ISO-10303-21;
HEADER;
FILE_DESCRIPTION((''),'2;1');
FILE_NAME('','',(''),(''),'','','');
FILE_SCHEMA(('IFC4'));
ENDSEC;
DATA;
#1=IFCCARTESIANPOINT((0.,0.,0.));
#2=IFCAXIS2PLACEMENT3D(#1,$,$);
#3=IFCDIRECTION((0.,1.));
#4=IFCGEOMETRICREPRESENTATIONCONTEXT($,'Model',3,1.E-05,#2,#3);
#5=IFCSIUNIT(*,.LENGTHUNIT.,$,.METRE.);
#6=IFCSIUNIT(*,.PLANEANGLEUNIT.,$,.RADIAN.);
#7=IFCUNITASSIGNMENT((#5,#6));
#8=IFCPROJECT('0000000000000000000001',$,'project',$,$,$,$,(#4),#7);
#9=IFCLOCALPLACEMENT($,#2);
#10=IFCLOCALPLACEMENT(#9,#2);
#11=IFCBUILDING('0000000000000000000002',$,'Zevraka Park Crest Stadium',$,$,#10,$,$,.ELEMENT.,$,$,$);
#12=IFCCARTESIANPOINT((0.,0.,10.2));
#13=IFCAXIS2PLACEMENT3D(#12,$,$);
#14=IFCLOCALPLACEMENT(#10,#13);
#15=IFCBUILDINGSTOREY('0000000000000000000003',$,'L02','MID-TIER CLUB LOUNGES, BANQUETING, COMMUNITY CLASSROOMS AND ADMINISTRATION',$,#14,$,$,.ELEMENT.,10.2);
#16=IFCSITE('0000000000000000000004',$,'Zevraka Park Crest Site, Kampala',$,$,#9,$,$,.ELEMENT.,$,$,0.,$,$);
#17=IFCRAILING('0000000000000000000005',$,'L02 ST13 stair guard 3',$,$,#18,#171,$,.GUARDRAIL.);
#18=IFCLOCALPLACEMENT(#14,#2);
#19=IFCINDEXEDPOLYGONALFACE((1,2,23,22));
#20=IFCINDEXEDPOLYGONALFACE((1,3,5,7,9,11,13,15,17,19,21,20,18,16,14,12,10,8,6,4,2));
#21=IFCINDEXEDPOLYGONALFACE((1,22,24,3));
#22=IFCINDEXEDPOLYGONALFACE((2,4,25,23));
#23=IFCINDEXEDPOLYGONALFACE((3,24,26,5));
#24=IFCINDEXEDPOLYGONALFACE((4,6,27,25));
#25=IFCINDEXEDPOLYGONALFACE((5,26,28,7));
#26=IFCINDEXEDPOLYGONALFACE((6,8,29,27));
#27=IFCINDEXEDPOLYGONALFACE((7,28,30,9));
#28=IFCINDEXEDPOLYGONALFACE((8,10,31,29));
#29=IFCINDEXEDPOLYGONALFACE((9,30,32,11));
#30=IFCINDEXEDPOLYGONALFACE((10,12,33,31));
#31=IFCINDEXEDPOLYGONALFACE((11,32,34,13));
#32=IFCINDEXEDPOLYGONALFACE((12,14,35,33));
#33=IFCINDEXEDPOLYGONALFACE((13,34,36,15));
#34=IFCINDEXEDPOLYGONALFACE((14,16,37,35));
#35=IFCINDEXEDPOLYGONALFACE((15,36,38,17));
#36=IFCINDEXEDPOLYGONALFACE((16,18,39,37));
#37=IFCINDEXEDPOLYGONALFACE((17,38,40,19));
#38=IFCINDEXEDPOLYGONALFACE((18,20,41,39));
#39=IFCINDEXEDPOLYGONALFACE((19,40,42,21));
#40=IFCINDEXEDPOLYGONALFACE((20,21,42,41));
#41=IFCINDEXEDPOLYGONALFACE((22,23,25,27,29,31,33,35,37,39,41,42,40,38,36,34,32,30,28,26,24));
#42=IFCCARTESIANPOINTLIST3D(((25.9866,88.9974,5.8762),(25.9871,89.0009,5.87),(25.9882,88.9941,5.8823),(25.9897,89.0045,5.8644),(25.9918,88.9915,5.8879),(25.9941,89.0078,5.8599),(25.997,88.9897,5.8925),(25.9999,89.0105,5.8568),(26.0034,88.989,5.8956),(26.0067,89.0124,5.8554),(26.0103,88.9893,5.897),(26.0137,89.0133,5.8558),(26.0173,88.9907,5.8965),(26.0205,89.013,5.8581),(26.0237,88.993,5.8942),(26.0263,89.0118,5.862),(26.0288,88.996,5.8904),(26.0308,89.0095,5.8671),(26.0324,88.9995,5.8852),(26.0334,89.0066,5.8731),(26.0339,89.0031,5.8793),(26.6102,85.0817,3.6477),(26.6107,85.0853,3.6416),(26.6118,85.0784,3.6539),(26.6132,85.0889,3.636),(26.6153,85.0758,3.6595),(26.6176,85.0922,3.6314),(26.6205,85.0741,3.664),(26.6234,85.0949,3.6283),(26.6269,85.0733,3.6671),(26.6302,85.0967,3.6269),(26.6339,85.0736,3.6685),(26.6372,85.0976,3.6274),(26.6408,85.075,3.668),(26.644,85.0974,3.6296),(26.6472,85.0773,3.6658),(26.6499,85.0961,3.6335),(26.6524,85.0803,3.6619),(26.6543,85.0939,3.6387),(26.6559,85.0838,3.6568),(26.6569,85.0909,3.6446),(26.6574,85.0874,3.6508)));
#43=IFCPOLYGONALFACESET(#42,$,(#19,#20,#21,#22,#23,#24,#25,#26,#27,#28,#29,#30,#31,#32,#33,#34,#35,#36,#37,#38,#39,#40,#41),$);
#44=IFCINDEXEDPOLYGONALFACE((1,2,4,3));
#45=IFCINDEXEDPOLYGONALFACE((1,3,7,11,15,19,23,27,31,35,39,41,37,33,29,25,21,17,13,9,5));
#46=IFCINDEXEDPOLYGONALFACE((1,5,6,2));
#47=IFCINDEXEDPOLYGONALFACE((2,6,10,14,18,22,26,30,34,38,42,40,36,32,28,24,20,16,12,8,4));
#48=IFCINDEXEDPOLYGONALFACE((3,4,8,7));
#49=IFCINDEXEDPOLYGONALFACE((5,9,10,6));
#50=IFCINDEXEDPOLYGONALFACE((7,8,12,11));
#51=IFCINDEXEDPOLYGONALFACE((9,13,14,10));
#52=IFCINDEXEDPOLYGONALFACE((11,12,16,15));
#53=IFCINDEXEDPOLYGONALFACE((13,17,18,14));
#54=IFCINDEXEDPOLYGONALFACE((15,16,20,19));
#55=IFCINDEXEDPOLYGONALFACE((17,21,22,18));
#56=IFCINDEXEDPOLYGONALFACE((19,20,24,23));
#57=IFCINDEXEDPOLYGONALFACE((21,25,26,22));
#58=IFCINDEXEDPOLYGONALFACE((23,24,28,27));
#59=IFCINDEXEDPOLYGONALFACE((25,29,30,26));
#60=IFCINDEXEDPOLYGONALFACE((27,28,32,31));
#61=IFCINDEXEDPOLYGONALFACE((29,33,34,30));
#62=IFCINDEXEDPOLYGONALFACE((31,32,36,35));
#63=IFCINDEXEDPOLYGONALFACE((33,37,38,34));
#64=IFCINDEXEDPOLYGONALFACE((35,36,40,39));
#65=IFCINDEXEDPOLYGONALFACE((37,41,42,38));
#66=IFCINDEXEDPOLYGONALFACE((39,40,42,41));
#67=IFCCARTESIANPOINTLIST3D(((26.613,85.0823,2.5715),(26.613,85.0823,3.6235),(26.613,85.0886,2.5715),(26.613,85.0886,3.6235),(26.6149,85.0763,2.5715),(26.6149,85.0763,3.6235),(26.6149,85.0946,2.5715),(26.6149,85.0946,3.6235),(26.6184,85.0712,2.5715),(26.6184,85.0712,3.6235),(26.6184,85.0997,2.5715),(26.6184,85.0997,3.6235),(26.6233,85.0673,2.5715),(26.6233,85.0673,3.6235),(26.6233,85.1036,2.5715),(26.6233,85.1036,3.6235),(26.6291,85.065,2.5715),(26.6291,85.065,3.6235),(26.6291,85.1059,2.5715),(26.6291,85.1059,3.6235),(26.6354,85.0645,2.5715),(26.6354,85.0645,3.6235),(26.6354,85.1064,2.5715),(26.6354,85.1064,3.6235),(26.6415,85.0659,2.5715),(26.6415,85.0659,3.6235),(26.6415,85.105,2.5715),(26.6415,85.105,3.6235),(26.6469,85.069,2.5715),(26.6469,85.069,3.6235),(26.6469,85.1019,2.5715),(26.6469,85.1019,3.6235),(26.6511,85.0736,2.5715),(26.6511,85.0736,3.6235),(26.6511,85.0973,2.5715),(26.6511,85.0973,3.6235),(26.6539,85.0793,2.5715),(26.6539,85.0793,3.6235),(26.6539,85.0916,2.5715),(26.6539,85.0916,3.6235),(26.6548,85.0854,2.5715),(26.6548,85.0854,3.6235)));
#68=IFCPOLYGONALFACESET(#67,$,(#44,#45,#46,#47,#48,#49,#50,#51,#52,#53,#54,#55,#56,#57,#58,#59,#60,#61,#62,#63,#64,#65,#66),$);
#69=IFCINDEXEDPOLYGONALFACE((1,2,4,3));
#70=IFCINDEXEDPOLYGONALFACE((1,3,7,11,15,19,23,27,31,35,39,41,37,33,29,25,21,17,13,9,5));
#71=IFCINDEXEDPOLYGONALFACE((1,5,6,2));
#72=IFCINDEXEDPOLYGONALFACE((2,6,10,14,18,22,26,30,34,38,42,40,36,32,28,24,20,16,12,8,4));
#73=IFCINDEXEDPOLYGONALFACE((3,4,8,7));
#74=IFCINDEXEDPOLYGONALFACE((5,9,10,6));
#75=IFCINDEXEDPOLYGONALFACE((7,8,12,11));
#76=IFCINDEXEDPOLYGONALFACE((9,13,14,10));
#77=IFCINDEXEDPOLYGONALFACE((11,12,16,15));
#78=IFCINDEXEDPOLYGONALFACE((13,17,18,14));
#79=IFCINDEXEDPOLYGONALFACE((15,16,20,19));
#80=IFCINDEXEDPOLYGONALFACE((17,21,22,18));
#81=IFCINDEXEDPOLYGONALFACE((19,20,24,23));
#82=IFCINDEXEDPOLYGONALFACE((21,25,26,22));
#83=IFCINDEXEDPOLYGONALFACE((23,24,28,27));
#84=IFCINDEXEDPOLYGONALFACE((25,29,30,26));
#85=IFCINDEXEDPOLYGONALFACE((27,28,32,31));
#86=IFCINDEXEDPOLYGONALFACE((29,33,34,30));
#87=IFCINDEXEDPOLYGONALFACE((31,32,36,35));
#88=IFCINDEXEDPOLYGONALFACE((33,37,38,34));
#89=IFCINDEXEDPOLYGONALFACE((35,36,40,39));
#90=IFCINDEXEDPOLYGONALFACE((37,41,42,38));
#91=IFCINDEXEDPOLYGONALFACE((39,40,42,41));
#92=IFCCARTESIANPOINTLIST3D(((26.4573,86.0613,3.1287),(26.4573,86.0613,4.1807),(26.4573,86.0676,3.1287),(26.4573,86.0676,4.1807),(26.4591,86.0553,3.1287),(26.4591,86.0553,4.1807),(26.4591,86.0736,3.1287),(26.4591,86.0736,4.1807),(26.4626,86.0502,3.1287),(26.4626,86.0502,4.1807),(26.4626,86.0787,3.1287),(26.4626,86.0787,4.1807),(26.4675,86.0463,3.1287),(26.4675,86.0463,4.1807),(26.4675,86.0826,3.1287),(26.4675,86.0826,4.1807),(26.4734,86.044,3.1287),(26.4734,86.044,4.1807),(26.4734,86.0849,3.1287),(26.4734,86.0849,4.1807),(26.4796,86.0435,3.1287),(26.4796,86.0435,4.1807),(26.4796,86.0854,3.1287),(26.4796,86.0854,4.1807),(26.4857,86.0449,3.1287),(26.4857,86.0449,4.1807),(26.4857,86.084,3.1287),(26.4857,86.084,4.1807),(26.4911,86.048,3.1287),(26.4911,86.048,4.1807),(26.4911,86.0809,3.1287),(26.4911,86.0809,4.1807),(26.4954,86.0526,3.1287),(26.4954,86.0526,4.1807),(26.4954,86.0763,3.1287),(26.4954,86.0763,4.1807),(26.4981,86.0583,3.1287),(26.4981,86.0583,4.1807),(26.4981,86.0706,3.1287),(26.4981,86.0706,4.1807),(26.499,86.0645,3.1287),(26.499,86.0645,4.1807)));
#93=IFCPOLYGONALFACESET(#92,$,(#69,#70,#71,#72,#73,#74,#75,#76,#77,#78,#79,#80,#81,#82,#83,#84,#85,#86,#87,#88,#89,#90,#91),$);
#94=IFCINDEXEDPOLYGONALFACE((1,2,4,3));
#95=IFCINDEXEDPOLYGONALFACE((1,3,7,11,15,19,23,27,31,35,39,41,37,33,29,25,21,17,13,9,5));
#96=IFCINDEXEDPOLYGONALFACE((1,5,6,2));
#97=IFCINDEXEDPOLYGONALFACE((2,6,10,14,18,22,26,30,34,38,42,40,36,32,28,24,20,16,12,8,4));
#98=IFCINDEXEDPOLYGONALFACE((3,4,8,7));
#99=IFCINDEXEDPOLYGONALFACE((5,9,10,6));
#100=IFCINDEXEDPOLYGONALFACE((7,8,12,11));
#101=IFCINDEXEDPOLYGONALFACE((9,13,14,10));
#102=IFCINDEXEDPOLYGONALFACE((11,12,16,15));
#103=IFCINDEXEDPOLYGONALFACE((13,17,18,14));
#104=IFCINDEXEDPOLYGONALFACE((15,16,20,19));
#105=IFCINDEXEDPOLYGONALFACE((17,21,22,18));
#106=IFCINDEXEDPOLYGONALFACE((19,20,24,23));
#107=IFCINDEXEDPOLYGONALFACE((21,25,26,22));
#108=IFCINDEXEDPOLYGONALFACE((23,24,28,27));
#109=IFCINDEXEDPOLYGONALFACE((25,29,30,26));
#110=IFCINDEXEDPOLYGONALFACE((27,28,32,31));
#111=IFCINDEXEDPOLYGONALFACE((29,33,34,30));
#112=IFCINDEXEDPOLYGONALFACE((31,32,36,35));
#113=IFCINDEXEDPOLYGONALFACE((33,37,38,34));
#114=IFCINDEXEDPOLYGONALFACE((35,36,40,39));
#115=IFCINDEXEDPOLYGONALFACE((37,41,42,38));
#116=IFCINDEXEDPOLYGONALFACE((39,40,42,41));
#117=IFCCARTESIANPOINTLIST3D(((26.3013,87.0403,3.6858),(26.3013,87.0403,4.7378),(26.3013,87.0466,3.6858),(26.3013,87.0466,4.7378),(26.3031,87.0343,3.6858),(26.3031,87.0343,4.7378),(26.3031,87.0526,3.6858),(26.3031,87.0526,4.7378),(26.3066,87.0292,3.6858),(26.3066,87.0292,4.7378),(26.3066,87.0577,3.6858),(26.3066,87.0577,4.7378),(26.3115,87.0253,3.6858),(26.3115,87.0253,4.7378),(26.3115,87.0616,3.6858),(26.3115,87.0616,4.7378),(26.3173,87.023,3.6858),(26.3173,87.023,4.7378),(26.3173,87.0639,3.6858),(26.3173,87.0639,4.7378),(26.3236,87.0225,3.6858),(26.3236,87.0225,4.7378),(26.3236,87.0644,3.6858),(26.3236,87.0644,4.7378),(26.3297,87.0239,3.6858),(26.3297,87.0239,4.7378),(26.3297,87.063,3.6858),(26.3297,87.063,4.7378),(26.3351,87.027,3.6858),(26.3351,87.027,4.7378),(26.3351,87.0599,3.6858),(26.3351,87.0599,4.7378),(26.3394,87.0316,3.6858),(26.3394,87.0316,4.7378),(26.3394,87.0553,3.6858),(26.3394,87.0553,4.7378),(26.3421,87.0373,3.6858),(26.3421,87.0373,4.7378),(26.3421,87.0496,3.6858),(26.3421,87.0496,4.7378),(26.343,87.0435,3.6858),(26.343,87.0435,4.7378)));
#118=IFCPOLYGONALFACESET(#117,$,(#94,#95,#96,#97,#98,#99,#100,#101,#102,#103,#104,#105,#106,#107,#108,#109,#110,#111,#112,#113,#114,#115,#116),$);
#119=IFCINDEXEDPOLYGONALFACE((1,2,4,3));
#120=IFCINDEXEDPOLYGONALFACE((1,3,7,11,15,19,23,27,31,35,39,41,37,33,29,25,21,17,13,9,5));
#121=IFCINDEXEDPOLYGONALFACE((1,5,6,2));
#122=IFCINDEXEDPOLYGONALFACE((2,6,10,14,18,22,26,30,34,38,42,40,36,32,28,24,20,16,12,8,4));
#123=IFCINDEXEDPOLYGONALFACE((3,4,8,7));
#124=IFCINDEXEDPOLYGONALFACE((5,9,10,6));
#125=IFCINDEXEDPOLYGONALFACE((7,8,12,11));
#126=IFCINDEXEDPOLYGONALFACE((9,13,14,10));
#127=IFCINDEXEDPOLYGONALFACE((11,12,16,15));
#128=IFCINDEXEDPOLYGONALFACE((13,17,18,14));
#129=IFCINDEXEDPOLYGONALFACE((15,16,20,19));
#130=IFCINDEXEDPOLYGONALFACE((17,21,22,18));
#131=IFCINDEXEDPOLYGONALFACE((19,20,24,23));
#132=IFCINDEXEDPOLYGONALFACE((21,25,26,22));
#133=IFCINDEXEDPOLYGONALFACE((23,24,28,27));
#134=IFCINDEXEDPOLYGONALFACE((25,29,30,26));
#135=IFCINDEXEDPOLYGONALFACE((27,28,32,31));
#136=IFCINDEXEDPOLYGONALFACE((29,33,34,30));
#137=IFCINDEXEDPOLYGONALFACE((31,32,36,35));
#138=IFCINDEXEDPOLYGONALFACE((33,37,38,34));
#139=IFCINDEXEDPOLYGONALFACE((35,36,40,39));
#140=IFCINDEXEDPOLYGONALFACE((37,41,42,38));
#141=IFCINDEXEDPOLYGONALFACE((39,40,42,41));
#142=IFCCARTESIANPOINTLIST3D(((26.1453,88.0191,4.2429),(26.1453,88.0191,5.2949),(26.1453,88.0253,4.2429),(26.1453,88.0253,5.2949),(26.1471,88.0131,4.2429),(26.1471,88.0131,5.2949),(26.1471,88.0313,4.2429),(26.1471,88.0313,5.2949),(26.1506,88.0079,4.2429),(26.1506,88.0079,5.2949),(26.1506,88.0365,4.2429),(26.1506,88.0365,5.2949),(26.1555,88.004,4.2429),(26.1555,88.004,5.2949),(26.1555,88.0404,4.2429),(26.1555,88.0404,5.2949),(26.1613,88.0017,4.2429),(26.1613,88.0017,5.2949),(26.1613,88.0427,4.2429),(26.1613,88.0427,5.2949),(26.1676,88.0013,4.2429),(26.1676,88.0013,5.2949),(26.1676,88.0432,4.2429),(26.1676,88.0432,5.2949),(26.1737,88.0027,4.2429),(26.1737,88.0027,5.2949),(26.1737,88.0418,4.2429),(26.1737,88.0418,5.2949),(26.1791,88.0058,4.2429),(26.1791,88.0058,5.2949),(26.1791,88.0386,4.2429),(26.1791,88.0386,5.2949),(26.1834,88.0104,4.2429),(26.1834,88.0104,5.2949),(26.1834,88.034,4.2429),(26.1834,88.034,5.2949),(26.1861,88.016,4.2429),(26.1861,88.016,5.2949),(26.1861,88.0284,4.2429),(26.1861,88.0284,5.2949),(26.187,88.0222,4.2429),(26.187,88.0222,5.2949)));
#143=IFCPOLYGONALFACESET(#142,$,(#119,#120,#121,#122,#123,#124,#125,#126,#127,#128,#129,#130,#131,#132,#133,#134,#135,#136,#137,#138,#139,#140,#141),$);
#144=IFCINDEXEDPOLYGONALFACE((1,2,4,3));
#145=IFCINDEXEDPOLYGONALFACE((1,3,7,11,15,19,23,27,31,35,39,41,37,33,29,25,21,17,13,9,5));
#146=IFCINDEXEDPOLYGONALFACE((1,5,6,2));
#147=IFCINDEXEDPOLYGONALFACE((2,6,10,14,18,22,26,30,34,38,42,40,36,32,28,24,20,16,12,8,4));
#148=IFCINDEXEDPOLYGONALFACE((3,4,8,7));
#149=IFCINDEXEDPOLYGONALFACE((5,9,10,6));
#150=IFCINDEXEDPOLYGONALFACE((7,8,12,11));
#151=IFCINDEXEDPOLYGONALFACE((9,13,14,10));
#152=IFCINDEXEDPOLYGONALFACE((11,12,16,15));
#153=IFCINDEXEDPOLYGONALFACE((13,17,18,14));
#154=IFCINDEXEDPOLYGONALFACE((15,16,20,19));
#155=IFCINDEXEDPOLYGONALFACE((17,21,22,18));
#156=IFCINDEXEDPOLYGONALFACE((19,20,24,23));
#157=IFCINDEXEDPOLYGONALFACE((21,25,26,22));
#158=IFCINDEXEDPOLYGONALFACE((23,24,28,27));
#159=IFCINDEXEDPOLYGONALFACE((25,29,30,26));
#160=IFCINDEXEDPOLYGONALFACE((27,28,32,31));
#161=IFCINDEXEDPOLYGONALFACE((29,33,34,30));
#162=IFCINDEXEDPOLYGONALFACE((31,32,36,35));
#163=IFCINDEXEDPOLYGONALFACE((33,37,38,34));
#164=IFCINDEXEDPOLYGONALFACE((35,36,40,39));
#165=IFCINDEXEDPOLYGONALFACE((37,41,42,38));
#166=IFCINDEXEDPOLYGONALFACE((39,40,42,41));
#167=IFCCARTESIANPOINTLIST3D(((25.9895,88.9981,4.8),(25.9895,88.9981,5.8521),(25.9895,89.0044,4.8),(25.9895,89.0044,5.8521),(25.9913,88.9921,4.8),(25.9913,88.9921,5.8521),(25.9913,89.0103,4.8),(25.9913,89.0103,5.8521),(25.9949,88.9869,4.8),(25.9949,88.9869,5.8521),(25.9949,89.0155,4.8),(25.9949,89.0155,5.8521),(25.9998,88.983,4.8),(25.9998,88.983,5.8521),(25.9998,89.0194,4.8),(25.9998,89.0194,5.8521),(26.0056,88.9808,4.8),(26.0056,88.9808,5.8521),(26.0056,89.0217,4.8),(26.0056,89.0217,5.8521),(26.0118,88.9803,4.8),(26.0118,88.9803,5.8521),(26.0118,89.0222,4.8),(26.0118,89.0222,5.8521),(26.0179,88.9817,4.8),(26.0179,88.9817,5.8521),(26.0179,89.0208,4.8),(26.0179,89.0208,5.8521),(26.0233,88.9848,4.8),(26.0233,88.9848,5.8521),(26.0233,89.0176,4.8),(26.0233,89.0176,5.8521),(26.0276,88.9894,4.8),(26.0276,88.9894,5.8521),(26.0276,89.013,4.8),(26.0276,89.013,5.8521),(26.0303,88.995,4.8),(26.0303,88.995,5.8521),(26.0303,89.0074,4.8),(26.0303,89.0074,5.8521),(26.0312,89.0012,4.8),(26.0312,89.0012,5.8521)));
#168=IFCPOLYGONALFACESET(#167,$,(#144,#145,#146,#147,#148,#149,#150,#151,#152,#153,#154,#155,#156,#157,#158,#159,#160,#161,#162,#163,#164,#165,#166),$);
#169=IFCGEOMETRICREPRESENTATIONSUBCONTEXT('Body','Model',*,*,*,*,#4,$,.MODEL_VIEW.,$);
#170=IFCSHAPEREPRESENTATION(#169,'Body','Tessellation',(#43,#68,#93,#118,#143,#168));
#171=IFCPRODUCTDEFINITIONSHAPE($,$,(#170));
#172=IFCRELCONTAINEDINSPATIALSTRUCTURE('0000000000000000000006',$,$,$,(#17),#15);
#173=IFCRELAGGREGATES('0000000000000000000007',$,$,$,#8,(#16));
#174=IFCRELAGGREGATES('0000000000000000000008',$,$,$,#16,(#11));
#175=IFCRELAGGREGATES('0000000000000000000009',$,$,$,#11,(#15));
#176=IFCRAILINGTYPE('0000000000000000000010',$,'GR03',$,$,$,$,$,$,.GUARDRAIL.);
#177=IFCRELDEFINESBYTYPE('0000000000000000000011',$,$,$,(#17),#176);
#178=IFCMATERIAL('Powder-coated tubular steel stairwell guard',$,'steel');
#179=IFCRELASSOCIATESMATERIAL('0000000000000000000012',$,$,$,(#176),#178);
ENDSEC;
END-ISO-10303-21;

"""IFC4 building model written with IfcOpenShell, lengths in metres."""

from ifc_helpers import new_model, si_unit, direction, frame, origin, origin_2d, place, context, subcontext, project, spatial, circle, extrude, material, type_object, element, save


model = new_model("IFC4")

# Units and contexts
model_context = context("Model", 3, precision=1e-05, world=origin(), true_north=direction((0.0, 1.0)))
body_context = subcontext(model_context, "Body", "Model", "MODEL_VIEW")
ifc_project = project(units=[si_unit("LENGTHUNIT", "METRE"), si_unit("PLANEANGLEUNIT", "RADIAN")], contexts=[model_context])

# Site, building, storey
site_placement = place(None, origin())
site = spatial("IfcSite", under=ifc_project, at=site_placement, Name="Zevraka Park Crest Site, Kampala", CompositionType="ELEMENT", RefElevation=0.0)
building_placement = place(site_placement, origin())
building = spatial("IfcBuilding", under=site, at=building_placement, Name="Zevraka Park Crest Stadium", CompositionType="ELEMENT")
storey_placement = place(building_placement, frame((0.0, 0.0, 10.2)))
storey = spatial("IfcBuildingStorey", under=building, at=storey_placement, Name="L02", Description="MID-TIER CLUB LOUNGES, BANQUETING, COMMUNITY CLASSROOMS AND ADMINISTRATION", CompositionType="ELEMENT", Elevation=10.2)

# Railing
ifc_material_1 = material(Name="Powder-coated tubular steel stairwell guard", Category="steel")
railing_type_1 = type_object("IfcRailingType", Name="GR03", PredefinedType="GUARDRAIL", material=ifc_material_1)
railing_1_placement = place(storey_placement, frame((26.6338, 85.0854, 2.5715)))
element("IfcRailing", 1, at=railing_1_placement, inside=storey, type_object=railing_type_1, Name="L02 ST13 stair guard 3", PredefinedType="GUARDRAIL", context=body_context, shape_type="SweptSolid", body=[
    extrude(circle(Radius=0.0239, at=origin_2d()), frame((0.0, 0.0, 1.0762), z_axis=(-0.137088, 0.860903, 0.489951), x_axis=(-0.987558, -0.157256, 0.0)), (0.0, 0.0, 1.0), 4.5483),
    extrude(circle(Radius=0.021, at=origin_2d()), origin(), (0.0, 0.0, 1.0), 1.052),
    extrude(circle(Radius=0.021, at=origin_2d()), frame((-0.1558, 0.979, 0.5571)), (0.0, 0.0, 1.0), 1.052),
    extrude(circle(Radius=0.021, at=origin_2d()), frame((-0.3118, 1.958, 1.1143)), (0.0, 0.0, 1.0), 1.052),
    extrude(circle(Radius=0.021, at=origin_2d()), frame((-0.4678, 2.9368, 1.6714)), (0.0, 0.0, 1.0), 1.052),
    extrude(circle(Radius=0.021, at=origin_2d()), frame((-0.6235, 3.9158, 2.2285)), (0.0, 0.0, 1.0), 1.052),
])

save(model, "model.ifc")
